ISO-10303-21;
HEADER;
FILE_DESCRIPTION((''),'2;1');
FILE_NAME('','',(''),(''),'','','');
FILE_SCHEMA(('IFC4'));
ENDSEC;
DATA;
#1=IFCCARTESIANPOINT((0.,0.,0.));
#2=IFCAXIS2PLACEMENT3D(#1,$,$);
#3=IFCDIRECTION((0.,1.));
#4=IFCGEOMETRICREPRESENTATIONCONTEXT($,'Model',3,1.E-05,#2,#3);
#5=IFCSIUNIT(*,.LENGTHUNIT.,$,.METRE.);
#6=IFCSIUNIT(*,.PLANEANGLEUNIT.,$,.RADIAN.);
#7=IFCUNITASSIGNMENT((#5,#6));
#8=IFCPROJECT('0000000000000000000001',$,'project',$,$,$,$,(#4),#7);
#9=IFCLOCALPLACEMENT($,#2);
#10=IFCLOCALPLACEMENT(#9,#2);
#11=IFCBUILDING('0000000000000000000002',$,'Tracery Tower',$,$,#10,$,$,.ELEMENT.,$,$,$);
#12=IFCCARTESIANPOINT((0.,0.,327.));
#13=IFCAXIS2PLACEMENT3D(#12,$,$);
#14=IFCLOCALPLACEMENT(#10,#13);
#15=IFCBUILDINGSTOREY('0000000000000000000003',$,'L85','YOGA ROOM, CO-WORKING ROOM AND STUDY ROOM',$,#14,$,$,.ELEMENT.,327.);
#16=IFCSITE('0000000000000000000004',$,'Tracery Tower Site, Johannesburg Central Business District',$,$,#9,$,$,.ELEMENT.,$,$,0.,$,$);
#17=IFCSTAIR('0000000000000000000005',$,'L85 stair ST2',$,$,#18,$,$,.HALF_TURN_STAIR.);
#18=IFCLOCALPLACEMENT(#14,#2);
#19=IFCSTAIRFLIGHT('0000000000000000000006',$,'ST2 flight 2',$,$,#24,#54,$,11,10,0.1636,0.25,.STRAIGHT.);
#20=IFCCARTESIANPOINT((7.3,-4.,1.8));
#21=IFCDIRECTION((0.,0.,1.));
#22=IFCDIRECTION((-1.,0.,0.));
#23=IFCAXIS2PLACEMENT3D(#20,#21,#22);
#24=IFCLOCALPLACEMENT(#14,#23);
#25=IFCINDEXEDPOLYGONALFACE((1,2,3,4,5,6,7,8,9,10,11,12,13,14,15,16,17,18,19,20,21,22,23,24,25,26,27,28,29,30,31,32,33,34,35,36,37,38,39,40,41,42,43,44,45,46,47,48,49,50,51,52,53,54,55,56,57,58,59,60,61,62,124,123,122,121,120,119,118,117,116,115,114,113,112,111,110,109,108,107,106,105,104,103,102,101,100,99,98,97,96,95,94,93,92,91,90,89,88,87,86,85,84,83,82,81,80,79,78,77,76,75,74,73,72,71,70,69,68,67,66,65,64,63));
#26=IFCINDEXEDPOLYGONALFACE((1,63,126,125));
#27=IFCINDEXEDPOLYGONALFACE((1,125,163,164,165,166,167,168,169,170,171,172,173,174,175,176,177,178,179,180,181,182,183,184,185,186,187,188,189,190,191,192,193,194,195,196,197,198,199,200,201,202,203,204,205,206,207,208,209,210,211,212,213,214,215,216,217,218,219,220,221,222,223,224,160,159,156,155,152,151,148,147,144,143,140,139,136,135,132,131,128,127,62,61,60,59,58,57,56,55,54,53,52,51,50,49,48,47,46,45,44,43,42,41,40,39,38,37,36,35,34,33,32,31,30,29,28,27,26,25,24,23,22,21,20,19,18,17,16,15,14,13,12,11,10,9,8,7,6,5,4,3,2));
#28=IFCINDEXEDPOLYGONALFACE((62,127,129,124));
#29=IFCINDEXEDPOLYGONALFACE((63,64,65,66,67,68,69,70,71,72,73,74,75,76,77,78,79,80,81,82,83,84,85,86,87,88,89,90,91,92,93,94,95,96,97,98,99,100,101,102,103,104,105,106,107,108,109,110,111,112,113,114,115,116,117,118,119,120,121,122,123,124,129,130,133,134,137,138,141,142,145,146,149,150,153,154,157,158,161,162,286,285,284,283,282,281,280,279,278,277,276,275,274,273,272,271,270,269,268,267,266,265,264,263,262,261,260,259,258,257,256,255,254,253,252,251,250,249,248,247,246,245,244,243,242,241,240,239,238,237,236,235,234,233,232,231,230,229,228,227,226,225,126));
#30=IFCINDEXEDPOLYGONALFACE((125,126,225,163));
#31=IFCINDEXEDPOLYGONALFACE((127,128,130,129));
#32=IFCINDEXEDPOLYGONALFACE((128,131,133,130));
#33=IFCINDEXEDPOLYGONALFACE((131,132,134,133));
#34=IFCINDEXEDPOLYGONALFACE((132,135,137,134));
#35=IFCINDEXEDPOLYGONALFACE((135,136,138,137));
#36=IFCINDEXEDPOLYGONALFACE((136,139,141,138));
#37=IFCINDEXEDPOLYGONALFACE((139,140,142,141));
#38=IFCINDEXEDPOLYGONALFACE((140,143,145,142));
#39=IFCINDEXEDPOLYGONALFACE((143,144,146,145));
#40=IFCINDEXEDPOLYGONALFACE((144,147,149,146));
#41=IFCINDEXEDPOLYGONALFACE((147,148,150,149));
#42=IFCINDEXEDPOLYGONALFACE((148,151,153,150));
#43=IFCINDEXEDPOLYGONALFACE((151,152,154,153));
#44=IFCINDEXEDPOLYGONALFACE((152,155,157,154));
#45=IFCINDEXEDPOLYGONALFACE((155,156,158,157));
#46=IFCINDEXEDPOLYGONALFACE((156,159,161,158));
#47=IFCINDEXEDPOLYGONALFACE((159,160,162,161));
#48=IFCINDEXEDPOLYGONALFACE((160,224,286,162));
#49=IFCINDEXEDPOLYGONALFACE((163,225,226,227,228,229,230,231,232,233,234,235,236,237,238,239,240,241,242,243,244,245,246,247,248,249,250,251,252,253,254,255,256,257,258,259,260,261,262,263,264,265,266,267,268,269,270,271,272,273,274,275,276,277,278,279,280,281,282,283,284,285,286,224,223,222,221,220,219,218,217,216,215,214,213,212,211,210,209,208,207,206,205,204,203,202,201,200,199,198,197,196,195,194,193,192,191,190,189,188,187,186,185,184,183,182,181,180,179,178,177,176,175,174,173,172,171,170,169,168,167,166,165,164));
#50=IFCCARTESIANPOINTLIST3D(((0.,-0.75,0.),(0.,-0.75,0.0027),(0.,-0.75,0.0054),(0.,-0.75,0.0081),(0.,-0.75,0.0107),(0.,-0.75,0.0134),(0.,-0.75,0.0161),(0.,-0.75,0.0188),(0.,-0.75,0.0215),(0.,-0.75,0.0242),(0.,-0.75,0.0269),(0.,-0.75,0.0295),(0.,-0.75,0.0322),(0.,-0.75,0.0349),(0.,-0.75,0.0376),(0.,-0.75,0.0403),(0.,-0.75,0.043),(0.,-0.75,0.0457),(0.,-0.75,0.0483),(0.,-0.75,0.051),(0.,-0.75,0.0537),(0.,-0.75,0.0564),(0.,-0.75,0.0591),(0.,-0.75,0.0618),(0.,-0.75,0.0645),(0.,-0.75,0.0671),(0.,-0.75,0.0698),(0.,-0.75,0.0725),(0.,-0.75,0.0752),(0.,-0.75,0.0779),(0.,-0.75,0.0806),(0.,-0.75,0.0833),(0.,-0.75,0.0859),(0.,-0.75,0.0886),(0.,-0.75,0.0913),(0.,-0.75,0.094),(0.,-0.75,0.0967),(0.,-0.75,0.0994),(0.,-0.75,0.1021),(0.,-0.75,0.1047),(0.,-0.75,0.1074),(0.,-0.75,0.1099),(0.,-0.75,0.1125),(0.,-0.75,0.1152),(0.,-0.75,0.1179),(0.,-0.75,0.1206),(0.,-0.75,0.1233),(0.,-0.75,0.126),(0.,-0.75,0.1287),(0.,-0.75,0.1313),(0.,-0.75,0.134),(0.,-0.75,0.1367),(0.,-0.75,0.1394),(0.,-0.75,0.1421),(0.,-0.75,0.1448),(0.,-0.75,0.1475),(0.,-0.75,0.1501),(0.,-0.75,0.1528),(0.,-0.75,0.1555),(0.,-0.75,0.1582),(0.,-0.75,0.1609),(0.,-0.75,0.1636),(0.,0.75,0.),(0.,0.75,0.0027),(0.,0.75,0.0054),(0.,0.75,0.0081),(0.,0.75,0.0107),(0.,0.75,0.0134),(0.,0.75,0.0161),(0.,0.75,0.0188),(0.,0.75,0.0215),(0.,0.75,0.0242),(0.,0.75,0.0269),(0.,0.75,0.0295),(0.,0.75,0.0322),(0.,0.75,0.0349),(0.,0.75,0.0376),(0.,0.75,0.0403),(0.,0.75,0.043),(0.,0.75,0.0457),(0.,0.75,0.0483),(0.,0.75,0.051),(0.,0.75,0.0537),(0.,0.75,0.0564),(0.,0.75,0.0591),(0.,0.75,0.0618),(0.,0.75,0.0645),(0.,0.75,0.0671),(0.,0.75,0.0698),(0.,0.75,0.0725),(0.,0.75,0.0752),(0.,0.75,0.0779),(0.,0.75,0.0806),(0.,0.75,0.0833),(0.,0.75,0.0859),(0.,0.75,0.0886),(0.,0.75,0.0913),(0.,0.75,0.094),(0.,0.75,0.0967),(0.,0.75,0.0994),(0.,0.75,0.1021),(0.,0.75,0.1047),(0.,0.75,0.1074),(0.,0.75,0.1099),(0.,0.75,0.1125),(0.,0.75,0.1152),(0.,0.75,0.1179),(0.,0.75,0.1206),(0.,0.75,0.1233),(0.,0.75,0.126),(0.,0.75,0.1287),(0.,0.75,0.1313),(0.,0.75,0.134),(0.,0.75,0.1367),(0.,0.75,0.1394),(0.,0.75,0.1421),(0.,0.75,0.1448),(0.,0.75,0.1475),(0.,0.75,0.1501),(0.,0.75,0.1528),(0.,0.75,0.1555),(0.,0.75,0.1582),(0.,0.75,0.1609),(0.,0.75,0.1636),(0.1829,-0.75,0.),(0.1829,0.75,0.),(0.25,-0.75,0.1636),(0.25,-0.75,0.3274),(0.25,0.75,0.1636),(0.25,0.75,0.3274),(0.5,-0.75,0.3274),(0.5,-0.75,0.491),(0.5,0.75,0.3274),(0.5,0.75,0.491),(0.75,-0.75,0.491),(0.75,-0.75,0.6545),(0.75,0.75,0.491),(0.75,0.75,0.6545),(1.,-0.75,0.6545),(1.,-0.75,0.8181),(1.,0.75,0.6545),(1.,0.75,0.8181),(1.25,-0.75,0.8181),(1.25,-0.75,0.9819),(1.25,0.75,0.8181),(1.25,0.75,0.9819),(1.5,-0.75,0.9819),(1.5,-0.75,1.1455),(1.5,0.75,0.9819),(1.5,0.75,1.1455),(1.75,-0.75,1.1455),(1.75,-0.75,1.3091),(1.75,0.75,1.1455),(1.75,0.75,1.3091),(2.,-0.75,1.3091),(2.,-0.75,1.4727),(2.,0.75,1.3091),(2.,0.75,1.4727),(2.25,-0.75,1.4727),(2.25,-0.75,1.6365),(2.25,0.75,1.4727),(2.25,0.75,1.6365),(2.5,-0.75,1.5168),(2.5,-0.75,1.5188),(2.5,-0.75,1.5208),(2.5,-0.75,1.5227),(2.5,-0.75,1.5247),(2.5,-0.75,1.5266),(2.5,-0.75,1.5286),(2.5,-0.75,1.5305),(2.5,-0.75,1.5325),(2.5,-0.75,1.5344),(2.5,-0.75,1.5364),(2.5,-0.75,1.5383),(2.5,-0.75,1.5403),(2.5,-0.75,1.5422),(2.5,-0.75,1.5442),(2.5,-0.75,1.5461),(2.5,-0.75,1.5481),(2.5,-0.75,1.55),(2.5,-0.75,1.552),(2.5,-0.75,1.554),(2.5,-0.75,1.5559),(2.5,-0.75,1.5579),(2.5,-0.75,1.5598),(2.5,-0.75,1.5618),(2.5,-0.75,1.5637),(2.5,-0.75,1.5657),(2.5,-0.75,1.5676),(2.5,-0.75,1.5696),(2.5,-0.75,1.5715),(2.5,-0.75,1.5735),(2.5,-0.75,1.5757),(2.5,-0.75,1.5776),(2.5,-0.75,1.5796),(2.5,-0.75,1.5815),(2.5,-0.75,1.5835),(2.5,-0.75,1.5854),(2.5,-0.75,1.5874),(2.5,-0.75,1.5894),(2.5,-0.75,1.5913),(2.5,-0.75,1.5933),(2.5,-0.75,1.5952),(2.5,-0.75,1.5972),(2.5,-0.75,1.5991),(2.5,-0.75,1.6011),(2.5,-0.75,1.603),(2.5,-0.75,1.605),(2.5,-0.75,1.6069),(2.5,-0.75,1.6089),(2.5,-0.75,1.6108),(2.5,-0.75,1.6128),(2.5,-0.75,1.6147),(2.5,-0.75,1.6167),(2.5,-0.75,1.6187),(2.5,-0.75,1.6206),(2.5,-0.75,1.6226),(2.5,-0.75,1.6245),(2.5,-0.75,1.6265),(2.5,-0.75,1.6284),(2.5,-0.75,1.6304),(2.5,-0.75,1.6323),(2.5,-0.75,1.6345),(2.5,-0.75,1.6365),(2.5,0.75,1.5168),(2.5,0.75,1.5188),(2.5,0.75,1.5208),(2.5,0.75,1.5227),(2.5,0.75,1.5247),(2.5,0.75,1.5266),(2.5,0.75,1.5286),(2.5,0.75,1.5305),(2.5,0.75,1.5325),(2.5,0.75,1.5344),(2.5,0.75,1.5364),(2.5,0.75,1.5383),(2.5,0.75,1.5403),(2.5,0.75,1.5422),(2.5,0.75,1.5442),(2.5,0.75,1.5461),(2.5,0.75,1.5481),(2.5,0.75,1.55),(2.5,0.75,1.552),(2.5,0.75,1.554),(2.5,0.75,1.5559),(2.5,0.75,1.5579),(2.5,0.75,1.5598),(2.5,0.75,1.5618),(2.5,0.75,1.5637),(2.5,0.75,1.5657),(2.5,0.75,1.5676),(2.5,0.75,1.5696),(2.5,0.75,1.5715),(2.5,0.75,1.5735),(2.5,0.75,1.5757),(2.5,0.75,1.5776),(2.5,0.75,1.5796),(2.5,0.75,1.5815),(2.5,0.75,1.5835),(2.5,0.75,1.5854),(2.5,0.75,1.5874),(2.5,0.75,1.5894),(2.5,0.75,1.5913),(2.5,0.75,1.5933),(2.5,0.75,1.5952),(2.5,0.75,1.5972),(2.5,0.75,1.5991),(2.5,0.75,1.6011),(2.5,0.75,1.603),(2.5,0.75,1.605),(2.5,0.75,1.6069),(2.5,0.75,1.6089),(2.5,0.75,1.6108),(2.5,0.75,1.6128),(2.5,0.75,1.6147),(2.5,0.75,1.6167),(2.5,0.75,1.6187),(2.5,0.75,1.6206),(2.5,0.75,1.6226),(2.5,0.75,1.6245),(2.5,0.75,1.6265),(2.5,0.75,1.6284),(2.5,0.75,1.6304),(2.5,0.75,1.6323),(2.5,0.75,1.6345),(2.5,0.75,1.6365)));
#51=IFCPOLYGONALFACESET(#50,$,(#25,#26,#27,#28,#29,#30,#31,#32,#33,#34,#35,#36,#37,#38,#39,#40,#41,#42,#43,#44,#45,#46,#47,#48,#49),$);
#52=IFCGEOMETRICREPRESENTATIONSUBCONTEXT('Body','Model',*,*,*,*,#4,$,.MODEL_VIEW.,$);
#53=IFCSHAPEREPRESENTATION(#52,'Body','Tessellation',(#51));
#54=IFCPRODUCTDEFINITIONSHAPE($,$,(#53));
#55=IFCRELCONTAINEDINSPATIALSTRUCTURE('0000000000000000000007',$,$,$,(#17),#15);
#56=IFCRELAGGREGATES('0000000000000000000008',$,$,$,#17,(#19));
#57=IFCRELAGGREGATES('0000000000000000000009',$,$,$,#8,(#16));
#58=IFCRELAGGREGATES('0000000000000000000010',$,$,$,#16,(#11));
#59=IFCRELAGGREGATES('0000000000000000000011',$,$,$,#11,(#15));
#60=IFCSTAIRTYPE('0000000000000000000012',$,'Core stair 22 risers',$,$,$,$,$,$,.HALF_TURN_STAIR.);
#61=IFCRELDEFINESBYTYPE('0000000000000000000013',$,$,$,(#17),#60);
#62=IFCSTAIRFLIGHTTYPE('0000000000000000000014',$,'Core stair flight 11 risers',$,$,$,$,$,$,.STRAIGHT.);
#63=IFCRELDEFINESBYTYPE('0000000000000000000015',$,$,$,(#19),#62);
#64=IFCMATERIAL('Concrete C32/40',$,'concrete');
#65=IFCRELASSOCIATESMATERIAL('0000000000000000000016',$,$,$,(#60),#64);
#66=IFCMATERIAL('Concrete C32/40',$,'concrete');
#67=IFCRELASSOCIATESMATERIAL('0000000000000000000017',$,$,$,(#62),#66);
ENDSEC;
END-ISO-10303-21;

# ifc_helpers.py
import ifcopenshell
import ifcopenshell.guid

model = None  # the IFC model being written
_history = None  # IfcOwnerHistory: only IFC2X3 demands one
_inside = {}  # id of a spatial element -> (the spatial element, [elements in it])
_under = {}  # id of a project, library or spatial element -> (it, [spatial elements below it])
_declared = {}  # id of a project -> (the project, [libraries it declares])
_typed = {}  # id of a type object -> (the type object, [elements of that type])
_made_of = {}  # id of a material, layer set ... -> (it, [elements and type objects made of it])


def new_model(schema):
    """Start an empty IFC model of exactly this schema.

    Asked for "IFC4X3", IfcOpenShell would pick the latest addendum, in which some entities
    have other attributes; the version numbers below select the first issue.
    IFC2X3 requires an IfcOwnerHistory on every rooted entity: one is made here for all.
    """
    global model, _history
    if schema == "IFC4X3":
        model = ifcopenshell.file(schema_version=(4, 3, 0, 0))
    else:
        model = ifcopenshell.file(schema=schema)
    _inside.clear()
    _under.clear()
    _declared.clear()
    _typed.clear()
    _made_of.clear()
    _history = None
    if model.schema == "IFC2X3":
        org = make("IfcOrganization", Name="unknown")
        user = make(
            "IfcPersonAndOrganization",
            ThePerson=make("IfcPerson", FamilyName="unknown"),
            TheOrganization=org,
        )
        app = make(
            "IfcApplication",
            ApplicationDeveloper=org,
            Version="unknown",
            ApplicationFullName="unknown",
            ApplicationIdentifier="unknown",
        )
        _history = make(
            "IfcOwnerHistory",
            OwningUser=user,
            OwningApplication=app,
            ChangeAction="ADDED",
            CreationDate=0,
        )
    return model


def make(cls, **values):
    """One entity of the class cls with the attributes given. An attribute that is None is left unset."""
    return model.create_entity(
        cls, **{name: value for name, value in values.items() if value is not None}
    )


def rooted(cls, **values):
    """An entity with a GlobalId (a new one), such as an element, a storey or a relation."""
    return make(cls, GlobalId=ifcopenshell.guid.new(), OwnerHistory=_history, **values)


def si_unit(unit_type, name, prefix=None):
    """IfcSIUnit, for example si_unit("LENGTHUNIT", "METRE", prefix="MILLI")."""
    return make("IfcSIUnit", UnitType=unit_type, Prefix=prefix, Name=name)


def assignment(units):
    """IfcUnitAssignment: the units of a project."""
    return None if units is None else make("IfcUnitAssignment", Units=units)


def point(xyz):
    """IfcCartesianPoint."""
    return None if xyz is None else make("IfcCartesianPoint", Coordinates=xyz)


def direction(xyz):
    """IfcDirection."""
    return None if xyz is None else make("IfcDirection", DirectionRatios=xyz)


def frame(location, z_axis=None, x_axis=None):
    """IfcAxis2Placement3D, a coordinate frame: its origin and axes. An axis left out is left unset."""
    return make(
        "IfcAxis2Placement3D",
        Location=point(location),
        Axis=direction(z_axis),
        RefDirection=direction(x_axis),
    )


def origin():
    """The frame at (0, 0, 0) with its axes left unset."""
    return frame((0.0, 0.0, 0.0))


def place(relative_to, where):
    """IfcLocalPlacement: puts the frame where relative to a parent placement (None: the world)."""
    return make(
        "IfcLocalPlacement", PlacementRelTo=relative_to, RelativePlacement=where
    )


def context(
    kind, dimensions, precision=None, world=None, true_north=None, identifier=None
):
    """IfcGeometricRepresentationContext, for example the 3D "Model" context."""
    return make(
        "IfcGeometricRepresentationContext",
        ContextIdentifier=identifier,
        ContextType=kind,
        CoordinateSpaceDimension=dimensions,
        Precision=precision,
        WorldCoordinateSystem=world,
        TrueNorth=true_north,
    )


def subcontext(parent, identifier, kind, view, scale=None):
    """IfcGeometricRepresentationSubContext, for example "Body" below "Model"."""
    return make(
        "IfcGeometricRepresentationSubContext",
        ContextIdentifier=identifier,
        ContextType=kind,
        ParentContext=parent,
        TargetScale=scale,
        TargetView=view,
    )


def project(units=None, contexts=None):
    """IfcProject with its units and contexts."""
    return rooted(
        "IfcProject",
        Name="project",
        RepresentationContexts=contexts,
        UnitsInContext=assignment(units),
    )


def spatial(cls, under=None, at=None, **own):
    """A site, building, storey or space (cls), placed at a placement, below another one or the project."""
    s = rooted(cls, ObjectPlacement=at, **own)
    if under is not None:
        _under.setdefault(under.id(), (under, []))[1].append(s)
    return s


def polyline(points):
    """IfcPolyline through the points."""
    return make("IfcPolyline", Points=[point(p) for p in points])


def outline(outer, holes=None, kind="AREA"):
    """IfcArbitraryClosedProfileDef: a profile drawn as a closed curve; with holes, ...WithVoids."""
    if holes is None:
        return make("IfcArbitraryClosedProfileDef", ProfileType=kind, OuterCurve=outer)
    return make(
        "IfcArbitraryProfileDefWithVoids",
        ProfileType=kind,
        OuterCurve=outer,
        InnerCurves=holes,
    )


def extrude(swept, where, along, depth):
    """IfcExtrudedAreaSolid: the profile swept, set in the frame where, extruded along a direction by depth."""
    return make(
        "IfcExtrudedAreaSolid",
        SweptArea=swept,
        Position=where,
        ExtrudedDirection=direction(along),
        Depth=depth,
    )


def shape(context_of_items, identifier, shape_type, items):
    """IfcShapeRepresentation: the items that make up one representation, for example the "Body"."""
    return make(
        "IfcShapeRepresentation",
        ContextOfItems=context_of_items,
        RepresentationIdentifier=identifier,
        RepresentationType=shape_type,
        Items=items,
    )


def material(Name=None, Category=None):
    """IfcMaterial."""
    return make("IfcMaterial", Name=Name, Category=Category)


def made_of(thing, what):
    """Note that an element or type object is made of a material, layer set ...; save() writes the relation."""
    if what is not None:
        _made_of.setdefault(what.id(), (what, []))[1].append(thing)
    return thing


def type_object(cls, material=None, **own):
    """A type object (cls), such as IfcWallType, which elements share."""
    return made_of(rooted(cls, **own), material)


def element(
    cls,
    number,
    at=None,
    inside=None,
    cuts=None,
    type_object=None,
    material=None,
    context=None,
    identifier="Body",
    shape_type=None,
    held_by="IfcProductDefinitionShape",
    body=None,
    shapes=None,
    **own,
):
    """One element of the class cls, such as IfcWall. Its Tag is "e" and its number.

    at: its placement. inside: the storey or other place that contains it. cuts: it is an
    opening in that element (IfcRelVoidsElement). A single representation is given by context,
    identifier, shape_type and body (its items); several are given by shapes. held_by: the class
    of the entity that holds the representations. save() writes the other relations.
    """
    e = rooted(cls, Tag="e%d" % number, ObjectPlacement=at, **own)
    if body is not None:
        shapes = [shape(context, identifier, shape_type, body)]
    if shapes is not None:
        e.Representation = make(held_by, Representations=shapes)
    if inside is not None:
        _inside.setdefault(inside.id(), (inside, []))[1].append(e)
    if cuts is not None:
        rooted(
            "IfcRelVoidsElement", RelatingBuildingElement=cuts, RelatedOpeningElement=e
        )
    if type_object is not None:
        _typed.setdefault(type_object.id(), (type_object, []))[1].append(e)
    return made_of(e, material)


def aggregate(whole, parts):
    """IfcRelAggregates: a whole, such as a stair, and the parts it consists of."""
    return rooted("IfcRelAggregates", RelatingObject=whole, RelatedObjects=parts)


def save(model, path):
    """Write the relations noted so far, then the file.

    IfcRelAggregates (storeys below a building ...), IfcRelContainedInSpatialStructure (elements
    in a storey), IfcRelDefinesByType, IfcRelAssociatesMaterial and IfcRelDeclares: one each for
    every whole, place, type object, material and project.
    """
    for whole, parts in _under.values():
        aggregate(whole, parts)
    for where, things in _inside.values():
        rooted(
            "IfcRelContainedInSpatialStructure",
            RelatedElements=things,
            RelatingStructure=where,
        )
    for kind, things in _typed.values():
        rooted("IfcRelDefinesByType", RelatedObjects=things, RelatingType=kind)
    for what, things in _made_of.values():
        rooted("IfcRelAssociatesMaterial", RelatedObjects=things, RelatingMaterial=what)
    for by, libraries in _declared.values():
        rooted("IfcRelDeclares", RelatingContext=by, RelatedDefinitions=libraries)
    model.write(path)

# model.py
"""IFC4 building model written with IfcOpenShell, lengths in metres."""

from ifc_helpers import new_model, si_unit, direction, frame, origin, place, context, subcontext, project, spatial, polyline, outline, extrude, material, type_object, element, aggregate, save


model = new_model("IFC4")

# Units and contexts
model_context = context("Model", 3, precision=1e-05, world=origin(), true_north=direction((0.0, 1.0)))
body_context = subcontext(model_context, "Body", "Model", "MODEL_VIEW")
ifc_project = project(units=[si_unit("LENGTHUNIT", "METRE"), si_unit("PLANEANGLEUNIT", "RADIAN")], contexts=[model_context])

# Site, building, storey
site_placement = place(None, origin())
site = spatial("IfcSite", under=ifc_project, at=site_placement, Name="Tracery Tower Site, Johannesburg Central Business District", CompositionType="ELEMENT", RefElevation=0.0)
building_placement = place(site_placement, origin())
building = spatial("IfcBuilding", under=site, at=building_placement, Name="Tracery Tower", CompositionType="ELEMENT")
storey_placement = place(building_placement, frame((0.0, 0.0, 327.0)))
storey = spatial("IfcBuildingStorey", under=building, at=storey_placement, Name="L85", Description="YOGA ROOM, CO-WORKING ROOM AND STUDY ROOM", CompositionType="ELEMENT", Elevation=327.0)

# Stair, stair flight
ifc_material_1 = material(Name="Concrete C32/40", Category="concrete")
stair_type = type_object("IfcStairType", Name="Core stair 22 risers", PredefinedType="HALF_TURN_STAIR", material=ifc_material_1)
stair_placement = place(storey_placement, origin())
stair = element("IfcStair", 1, at=stair_placement, inside=storey, type_object=stair_type, Name="L85 stair ST2", PredefinedType="HALF_TURN_STAIR")
ifc_material_2 = material(Name="Concrete C32/40", Category="concrete")
stair_flight_type = type_object("IfcStairFlightType", Name="Core stair flight 11 risers", PredefinedType="STRAIGHT", material=ifc_material_2)
stair_flight_placement = place(storey_placement, frame((7.3, -4.0, 1.8), z_axis=(0.0, 0.0, 1.0), x_axis=(-1.0, 0.0, 0.0)))
stair_flight = element("IfcStairFlight", 2, at=stair_flight_placement, type_object=stair_flight_type, Name="ST2 flight 2", NumberOfRisers=11, NumberOfTreads=10, PredefinedType="STRAIGHT", RiserHeight=0.1636, TreadLength=0.25, context=body_context, shape_type="SweptSolid", body=[
    extrude(outline(polyline([(0.0, 0.0), (0.0, 0.0027), (0.0, 0.0054), (0.0, 0.0081), (0.0, 0.0107), (0.0, 0.0134), (0.0, 0.0161), (0.0, 0.0188), (0.0, 0.0215), (0.0, 0.0242), (0.0, 0.0269), (0.0, 0.0295), (0.0, 0.0322), (0.0, 0.0349), (0.0, 0.0376), (0.0, 0.0403), (0.0, 0.043), (0.0, 0.0457), (0.0, 0.0483), (0.0, 0.051), (0.0, 0.0537), (0.0, 0.0564), (0.0, 0.0591), (0.0, 0.0618), (0.0, 0.0645), (0.0, 0.0671), (0.0, 0.0698), (0.0, 0.0725), (0.0, 0.0752), (0.0, 0.0779), (0.0, 0.0806), (0.0, 0.0833), (0.0, 0.0859), (0.0, 0.0886), (0.0, 0.0913), (0.0, 0.094), (0.0, 0.0967), (0.0, 0.0994), (0.0, 0.1021), (0.0, 0.1047), (0.0, 0.1074), (0.0, 0.1099), (0.0, 0.1125), (0.0, 0.1152), (0.0, 0.1179), (0.0, 0.1206), (0.0, 0.1233), (0.0, 0.126), (0.0, 0.1287), (0.0, 0.1313), (0.0, 0.134), (0.0, 0.1367), (0.0, 0.1394), (0.0, 0.1421), (0.0, 0.1448), (0.0, 0.1475), (0.0, 0.1501), (0.0, 0.1528), (0.0, 0.1555), (0.0, 0.1582), (0.0, 0.1609), (0.0, 0.1636), (0.25, 0.1636), (0.25, 0.3274), (0.5, 0.3274), (0.5, 0.491), (0.75, 0.491), (0.75, 0.6545), (1.0, 0.6545), (1.0, 0.8181), (1.25, 0.8181), (1.25, 0.9819), (1.5, 0.9819), (1.5, 1.1455), (1.75, 1.1455), (1.75, 1.3091), (2.0, 1.3091), (2.0, 1.4727), (2.25, 1.4727), (2.25, 1.6365), (2.5, 1.6365), (2.5, 1.6345), (2.5, 1.6323), (2.5, 1.6304), (2.5, 1.6284), (2.5, 1.6265), (2.5, 1.6245), (2.5, 1.6226), (2.5, 1.6206), (2.5, 1.6187), (2.5, 1.6167), (2.5, 1.6147), (2.5, 1.6128), (2.5, 1.6108), (2.5, 1.6089), (2.5, 1.6069), (2.5, 1.605), (2.5, 1.603), (2.5, 1.6011), (2.5, 1.5991), (2.5, 1.5972), (2.5, 1.5952), (2.5, 1.5933), (2.5, 1.5913), (2.5, 1.5894), (2.5, 1.5874), (2.5, 1.5854), (2.5, 1.5835), (2.5, 1.5815), (2.5, 1.5796), (2.5, 1.5776), (2.5, 1.5757), (2.5, 1.5735), (2.5, 1.5715), (2.5, 1.5696), (2.5, 1.5676), (2.5, 1.5657), (2.5, 1.5637), (2.5, 1.5618), (2.5, 1.5598), (2.5, 1.5579), (2.5, 1.5559), (2.5, 1.554), (2.5, 1.552), (2.5, 1.55), (2.5, 1.5481), (2.5, 1.5461), (2.5, 1.5442), (2.5, 1.5422), (2.5, 1.5403), (2.5, 1.5383), (2.5, 1.5364), (2.5, 1.5344), (2.5, 1.5325), (2.5, 1.5305), (2.5, 1.5286), (2.5, 1.5266), (2.5, 1.5247), (2.5, 1.5227), (2.5, 1.5208), (2.5, 1.5188), (2.5, 1.5168), (0.1829, 0.0), (0.0, 0.0)])), frame((0.0, 0.75, 0.0), z_axis=(0.0, -1.0, 0.0), x_axis=(1.0, 0.0, 0.0)), (0.0, 0.0, 1.0), 1.5),
])
aggregate(stair, [stair_flight])

save(model, "model.ifc")
